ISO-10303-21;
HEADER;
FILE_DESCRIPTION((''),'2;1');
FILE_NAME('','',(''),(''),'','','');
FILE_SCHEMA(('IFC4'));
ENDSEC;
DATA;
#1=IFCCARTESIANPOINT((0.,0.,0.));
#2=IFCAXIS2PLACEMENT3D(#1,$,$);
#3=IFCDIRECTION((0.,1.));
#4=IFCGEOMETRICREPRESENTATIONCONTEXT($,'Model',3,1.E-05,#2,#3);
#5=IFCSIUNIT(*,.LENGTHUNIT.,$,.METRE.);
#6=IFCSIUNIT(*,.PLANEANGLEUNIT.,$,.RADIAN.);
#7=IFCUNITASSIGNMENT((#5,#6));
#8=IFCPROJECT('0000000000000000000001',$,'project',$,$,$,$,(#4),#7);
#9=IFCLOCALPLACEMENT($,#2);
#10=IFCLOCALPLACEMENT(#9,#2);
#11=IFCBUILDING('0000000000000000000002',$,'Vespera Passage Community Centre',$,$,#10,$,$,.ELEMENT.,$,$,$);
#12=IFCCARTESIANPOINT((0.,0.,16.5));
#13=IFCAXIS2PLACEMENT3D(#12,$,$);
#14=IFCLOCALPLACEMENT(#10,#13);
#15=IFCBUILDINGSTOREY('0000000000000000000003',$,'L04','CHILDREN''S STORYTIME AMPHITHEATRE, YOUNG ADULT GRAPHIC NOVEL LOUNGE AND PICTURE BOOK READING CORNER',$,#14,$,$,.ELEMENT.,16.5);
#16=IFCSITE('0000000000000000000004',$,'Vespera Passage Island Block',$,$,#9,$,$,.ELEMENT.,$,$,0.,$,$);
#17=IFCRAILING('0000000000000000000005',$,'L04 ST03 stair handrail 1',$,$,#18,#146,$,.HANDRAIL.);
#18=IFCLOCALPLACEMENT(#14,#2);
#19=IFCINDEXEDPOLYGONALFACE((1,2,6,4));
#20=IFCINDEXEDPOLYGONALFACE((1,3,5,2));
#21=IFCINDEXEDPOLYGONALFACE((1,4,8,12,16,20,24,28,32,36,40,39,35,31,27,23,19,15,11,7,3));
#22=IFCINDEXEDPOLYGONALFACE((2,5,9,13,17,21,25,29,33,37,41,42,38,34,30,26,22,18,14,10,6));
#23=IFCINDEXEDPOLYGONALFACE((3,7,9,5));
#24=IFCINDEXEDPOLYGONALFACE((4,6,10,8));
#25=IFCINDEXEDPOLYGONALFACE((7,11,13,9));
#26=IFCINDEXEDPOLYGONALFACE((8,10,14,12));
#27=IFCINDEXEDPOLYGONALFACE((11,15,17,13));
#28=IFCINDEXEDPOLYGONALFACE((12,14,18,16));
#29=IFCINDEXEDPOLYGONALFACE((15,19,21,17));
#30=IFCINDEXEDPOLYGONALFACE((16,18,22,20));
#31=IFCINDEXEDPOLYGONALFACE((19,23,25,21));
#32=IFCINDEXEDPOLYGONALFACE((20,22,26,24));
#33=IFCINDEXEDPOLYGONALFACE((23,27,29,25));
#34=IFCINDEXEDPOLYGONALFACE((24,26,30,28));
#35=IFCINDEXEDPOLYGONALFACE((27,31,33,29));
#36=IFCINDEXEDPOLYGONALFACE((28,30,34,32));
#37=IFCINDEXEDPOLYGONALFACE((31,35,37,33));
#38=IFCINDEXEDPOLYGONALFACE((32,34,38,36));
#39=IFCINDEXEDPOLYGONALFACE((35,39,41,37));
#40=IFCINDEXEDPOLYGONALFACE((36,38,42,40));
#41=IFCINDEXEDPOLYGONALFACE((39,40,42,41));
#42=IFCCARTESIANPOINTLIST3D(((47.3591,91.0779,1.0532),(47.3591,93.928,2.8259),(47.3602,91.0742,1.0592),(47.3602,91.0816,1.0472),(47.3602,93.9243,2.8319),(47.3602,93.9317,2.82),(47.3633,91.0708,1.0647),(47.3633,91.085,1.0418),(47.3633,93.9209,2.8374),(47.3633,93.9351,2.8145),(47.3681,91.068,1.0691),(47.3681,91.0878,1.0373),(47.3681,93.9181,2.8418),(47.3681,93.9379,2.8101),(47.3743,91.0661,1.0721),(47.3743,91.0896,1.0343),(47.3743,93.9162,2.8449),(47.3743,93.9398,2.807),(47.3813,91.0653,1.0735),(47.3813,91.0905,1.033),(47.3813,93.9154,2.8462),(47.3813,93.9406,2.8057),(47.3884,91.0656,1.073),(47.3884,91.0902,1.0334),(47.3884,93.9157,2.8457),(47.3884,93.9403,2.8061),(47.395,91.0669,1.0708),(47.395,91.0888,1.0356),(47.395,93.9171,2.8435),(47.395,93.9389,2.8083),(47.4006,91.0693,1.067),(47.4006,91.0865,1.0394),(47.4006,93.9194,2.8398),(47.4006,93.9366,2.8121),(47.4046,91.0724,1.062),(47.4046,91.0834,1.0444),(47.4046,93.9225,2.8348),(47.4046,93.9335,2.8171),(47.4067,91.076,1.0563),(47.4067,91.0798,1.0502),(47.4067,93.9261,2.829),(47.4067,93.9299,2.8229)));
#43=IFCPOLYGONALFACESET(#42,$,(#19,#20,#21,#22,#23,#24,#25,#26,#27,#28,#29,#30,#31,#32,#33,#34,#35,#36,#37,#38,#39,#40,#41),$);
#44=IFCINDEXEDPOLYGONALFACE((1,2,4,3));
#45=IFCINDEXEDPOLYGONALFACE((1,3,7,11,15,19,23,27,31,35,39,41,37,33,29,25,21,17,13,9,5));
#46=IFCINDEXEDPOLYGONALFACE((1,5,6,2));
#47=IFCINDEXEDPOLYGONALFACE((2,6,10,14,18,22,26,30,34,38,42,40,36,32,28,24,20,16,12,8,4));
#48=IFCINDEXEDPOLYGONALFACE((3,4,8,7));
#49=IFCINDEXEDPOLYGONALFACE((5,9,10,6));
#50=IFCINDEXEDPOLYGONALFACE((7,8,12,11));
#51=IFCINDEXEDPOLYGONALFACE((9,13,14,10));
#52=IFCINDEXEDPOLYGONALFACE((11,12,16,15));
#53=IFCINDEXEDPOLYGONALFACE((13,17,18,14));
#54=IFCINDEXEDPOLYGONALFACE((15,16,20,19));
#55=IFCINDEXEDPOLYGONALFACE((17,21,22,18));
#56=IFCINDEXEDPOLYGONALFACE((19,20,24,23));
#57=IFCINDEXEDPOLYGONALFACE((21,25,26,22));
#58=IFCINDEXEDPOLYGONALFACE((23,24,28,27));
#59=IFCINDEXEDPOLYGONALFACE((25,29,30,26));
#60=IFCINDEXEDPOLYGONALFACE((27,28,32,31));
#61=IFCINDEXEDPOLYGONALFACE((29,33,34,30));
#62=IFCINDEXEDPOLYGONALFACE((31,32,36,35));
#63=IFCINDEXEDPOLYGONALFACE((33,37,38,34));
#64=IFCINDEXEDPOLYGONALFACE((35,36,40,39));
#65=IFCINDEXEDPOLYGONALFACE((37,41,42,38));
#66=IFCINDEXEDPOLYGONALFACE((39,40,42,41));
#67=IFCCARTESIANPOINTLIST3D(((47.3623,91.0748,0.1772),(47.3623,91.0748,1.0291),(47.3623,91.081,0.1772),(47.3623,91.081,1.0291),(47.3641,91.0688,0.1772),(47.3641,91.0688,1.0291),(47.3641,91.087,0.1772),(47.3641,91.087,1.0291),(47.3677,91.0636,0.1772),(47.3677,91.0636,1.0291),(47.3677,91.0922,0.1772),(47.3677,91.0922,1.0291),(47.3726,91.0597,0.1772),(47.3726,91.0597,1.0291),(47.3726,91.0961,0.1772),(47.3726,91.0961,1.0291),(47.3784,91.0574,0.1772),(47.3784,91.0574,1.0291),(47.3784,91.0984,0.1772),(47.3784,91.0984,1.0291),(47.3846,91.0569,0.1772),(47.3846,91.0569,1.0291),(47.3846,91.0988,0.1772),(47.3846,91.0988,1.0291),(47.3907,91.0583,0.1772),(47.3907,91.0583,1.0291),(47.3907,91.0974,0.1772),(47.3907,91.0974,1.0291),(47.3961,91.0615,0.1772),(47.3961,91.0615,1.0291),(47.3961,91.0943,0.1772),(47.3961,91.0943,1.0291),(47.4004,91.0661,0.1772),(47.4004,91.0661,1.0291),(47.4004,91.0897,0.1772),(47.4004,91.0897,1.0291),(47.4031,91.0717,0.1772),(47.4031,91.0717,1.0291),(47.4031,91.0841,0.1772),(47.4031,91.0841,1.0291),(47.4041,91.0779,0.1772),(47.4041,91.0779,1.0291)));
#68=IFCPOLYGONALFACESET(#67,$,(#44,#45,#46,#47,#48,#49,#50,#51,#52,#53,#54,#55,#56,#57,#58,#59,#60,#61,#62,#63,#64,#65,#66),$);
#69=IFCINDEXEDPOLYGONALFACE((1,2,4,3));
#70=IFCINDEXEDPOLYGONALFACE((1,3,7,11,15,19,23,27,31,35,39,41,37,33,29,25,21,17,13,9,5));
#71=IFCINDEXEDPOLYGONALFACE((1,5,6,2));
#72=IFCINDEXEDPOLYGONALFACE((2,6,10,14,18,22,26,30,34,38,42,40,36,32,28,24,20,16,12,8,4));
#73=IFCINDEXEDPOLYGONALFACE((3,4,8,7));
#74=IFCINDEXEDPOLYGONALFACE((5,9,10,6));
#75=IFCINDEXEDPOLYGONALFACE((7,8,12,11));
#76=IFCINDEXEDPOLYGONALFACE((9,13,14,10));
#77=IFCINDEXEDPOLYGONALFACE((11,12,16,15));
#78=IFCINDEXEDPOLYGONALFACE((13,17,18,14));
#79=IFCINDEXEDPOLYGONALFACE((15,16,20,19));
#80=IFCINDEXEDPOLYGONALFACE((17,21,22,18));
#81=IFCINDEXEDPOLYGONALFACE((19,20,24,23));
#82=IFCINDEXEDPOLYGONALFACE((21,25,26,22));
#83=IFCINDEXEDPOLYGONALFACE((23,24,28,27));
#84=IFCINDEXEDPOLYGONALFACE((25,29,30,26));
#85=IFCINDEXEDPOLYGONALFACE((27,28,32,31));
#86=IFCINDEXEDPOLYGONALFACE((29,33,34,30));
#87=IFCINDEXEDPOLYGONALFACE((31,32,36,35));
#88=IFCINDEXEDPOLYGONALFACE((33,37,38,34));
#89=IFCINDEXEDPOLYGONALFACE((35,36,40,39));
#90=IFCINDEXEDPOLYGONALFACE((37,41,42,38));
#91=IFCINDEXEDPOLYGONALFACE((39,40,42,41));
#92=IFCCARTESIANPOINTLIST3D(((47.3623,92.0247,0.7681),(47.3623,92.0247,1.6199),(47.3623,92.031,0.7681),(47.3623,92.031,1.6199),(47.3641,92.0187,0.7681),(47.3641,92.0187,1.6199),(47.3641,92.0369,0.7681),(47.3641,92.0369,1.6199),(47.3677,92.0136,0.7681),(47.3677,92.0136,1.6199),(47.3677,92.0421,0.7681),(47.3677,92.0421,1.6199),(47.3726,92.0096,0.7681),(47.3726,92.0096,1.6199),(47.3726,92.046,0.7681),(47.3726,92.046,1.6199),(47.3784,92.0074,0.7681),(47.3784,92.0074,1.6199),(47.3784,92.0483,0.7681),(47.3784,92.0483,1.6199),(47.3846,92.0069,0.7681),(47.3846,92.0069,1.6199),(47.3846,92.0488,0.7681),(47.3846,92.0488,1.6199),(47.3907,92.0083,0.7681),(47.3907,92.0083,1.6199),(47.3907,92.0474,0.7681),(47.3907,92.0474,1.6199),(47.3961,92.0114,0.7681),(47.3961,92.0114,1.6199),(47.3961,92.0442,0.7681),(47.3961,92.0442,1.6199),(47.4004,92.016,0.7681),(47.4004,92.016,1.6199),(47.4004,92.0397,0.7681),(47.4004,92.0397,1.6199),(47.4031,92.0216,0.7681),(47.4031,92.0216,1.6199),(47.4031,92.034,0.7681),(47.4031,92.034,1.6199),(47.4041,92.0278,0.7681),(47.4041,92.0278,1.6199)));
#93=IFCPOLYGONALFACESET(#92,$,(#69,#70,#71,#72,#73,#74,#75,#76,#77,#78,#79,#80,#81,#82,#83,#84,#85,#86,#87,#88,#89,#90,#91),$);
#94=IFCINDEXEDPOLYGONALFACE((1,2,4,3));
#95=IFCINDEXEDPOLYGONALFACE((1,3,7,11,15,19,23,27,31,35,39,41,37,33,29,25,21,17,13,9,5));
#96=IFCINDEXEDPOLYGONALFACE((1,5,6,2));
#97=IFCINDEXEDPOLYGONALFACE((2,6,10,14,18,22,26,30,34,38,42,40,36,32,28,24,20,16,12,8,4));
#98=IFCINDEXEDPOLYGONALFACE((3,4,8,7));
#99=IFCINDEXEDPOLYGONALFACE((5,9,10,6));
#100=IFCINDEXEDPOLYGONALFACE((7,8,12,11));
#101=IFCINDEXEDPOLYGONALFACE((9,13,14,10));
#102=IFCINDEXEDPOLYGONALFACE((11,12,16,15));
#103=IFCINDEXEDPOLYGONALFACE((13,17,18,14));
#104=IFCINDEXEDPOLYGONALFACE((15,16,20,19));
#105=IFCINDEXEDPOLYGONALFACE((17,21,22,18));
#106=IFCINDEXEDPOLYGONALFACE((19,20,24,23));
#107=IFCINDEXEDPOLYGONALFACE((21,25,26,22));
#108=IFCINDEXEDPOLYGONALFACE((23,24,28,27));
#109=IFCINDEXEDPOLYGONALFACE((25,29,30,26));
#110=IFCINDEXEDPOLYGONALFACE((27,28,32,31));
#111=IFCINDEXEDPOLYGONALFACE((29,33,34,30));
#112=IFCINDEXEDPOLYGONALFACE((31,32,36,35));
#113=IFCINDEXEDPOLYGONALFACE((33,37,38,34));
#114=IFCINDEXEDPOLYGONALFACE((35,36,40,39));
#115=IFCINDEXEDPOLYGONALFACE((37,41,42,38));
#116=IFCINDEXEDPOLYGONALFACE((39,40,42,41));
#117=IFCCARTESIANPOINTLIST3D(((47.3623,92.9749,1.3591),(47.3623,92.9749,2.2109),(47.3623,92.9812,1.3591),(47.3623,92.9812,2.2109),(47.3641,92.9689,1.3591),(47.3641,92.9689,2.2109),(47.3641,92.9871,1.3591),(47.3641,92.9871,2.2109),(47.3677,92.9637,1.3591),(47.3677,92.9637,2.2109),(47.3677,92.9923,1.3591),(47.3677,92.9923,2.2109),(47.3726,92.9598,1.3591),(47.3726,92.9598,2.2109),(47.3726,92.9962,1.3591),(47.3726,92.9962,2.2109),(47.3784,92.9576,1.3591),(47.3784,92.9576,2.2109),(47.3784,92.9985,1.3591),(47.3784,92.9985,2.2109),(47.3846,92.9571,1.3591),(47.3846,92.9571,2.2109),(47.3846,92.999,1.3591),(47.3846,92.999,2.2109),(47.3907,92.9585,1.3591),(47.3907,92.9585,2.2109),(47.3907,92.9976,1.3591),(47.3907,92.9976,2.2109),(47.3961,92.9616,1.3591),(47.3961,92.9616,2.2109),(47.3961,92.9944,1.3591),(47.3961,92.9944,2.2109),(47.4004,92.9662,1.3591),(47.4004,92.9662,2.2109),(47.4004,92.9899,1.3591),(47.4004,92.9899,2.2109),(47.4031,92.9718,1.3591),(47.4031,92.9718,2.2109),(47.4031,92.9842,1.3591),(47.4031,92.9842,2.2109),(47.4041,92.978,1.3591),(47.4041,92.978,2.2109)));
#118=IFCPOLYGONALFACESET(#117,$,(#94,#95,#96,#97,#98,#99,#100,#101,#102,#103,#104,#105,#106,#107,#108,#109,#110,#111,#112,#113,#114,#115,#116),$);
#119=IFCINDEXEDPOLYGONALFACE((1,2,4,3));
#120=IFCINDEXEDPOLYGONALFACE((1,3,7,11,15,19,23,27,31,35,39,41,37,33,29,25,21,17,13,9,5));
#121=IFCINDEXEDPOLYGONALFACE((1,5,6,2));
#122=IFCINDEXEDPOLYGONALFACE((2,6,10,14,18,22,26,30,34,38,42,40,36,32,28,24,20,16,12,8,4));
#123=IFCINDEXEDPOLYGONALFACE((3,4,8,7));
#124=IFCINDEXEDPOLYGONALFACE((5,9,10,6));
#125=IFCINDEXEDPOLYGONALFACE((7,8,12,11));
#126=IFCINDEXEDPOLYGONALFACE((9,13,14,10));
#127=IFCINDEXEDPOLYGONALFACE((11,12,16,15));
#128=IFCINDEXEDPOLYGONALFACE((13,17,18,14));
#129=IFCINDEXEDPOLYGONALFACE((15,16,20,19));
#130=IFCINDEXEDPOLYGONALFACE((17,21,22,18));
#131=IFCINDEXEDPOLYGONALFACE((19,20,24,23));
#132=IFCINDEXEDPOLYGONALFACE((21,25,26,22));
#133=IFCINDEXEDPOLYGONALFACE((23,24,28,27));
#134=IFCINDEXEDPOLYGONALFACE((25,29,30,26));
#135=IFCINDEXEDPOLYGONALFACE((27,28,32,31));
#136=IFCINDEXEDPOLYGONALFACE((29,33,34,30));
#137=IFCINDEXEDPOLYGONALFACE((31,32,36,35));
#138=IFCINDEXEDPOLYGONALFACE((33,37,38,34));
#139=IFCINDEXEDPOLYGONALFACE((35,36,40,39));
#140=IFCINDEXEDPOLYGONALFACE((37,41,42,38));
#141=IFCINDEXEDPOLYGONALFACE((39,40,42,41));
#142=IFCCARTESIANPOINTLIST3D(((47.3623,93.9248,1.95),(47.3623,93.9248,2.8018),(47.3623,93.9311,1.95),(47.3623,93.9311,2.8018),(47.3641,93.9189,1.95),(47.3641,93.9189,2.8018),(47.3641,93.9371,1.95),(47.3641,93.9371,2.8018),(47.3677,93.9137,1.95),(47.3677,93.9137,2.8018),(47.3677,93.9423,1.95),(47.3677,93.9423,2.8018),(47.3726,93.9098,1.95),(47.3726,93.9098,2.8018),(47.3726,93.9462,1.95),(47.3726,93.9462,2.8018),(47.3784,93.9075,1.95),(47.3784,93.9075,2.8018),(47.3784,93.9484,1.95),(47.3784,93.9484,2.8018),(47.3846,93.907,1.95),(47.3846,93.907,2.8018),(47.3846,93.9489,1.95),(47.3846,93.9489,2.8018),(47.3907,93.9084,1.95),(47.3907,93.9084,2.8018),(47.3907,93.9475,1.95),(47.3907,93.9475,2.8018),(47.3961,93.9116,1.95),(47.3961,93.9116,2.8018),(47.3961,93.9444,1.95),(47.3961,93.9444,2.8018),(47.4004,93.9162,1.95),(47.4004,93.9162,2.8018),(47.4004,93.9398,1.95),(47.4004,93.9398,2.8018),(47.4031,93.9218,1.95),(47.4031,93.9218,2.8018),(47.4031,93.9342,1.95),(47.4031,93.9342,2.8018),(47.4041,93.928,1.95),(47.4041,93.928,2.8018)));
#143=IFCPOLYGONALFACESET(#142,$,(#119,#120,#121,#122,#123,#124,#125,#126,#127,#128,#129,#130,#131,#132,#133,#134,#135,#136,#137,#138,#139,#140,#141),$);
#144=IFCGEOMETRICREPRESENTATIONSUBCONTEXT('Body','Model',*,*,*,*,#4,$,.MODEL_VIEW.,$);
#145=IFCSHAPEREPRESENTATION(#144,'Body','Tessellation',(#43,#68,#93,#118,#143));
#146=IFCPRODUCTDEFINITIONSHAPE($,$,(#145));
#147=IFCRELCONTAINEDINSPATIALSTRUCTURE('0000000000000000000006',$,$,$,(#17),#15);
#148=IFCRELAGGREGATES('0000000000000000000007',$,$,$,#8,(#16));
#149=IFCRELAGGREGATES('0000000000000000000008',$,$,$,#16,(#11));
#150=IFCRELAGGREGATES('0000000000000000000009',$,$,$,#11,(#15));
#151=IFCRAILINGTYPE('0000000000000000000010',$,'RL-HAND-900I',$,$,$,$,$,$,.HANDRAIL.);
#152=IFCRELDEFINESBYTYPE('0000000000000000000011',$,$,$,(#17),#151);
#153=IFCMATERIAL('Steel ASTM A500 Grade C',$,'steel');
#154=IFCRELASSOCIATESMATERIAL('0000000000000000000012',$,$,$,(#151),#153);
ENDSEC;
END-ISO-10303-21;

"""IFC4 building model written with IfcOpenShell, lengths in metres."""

from ifc_helpers import new_model, si_unit, direction, frame, origin, origin_2d, place, context, subcontext, project, spatial, circle, extrude, material, type_object, element, save


model = new_model("IFC4")

# Units and contexts
model_context = context("Model", 3, precision=1e-05, world=origin(), true_north=direction((0.0, 1.0)))
body_context = subcontext(model_context, "Body", "Model", "MODEL_VIEW")
ifc_project = project(units=[si_unit("LENGTHUNIT", "METRE"), si_unit("PLANEANGLEUNIT", "RADIAN")], contexts=[model_context])

# Site, building, storey
site_placement = place(None, origin())
site = spatial("IfcSite", under=ifc_project, at=site_placement, Name="Vespera Passage Island Block", CompositionType="ELEMENT", RefElevation=0.0)
building_placement = place(site_placement, origin())
building = spatial("IfcBuilding", under=site, at=building_placement, Name="Vespera Passage Community Centre", CompositionType="ELEMENT")
storey_placement = place(building_placement, frame((0.0, 0.0, 16.5)))
storey = spatial("IfcBuildingStorey", under=building, at=storey_placement, Name="L04", Description="CHILDREN'S STORYTIME AMPHITHEATRE, YOUNG ADULT GRAPHIC NOVEL LOUNGE AND PICTURE BOOK READING CORNER", CompositionType="ELEMENT", Elevation=16.5)

# Railing
ifc_material_1 = material(Name="Steel ASTM A500 Grade C", Category="steel")
railing_type = type_object("IfcRailingType", Name="RL-HAND-900I", PredefinedType="HANDRAIL", material=ifc_material_1)
railing_placement = place(storey_placement, frame((47.3831, 91.0779, 0.1772)))
element("IfcRailing", 1, at=railing_placement, inside=storey, type_object=railing_type, Name="L04 ST03 stair handrail 1", PredefinedType="HANDRAIL", context=body_context, shape_type="SweptSolid", body=[
    extrude(circle(Radius=0.0239, at=origin_2d()), frame((0.0, 0.0, 0.876), z_axis=(0.0, 0.849149, 0.528154), x_axis=(-1.0, 0.0, 0.0)), (0.0, 0.0, 1.0), 3.3564),
    extrude(circle(Radius=0.021, at=origin_2d()), origin(), (0.0, 0.0, 1.0), 0.8518),
    extrude(circle(Radius=0.021, at=origin_2d()), frame((0.0, 0.95, 0.5908)), (0.0, 0.0, 1.0), 0.8518),
    extrude(circle(Radius=0.021, at=origin_2d()), frame((0.0, 1.9001, 1.1819)), (0.0, 0.0, 1.0), 0.8518),
    extrude(circle(Radius=0.021, at=origin_2d()), frame((0.0, 2.8501, 1.7727)), (0.0, 0.0, 1.0), 0.8518),
])

save(model, "model.ifc")
